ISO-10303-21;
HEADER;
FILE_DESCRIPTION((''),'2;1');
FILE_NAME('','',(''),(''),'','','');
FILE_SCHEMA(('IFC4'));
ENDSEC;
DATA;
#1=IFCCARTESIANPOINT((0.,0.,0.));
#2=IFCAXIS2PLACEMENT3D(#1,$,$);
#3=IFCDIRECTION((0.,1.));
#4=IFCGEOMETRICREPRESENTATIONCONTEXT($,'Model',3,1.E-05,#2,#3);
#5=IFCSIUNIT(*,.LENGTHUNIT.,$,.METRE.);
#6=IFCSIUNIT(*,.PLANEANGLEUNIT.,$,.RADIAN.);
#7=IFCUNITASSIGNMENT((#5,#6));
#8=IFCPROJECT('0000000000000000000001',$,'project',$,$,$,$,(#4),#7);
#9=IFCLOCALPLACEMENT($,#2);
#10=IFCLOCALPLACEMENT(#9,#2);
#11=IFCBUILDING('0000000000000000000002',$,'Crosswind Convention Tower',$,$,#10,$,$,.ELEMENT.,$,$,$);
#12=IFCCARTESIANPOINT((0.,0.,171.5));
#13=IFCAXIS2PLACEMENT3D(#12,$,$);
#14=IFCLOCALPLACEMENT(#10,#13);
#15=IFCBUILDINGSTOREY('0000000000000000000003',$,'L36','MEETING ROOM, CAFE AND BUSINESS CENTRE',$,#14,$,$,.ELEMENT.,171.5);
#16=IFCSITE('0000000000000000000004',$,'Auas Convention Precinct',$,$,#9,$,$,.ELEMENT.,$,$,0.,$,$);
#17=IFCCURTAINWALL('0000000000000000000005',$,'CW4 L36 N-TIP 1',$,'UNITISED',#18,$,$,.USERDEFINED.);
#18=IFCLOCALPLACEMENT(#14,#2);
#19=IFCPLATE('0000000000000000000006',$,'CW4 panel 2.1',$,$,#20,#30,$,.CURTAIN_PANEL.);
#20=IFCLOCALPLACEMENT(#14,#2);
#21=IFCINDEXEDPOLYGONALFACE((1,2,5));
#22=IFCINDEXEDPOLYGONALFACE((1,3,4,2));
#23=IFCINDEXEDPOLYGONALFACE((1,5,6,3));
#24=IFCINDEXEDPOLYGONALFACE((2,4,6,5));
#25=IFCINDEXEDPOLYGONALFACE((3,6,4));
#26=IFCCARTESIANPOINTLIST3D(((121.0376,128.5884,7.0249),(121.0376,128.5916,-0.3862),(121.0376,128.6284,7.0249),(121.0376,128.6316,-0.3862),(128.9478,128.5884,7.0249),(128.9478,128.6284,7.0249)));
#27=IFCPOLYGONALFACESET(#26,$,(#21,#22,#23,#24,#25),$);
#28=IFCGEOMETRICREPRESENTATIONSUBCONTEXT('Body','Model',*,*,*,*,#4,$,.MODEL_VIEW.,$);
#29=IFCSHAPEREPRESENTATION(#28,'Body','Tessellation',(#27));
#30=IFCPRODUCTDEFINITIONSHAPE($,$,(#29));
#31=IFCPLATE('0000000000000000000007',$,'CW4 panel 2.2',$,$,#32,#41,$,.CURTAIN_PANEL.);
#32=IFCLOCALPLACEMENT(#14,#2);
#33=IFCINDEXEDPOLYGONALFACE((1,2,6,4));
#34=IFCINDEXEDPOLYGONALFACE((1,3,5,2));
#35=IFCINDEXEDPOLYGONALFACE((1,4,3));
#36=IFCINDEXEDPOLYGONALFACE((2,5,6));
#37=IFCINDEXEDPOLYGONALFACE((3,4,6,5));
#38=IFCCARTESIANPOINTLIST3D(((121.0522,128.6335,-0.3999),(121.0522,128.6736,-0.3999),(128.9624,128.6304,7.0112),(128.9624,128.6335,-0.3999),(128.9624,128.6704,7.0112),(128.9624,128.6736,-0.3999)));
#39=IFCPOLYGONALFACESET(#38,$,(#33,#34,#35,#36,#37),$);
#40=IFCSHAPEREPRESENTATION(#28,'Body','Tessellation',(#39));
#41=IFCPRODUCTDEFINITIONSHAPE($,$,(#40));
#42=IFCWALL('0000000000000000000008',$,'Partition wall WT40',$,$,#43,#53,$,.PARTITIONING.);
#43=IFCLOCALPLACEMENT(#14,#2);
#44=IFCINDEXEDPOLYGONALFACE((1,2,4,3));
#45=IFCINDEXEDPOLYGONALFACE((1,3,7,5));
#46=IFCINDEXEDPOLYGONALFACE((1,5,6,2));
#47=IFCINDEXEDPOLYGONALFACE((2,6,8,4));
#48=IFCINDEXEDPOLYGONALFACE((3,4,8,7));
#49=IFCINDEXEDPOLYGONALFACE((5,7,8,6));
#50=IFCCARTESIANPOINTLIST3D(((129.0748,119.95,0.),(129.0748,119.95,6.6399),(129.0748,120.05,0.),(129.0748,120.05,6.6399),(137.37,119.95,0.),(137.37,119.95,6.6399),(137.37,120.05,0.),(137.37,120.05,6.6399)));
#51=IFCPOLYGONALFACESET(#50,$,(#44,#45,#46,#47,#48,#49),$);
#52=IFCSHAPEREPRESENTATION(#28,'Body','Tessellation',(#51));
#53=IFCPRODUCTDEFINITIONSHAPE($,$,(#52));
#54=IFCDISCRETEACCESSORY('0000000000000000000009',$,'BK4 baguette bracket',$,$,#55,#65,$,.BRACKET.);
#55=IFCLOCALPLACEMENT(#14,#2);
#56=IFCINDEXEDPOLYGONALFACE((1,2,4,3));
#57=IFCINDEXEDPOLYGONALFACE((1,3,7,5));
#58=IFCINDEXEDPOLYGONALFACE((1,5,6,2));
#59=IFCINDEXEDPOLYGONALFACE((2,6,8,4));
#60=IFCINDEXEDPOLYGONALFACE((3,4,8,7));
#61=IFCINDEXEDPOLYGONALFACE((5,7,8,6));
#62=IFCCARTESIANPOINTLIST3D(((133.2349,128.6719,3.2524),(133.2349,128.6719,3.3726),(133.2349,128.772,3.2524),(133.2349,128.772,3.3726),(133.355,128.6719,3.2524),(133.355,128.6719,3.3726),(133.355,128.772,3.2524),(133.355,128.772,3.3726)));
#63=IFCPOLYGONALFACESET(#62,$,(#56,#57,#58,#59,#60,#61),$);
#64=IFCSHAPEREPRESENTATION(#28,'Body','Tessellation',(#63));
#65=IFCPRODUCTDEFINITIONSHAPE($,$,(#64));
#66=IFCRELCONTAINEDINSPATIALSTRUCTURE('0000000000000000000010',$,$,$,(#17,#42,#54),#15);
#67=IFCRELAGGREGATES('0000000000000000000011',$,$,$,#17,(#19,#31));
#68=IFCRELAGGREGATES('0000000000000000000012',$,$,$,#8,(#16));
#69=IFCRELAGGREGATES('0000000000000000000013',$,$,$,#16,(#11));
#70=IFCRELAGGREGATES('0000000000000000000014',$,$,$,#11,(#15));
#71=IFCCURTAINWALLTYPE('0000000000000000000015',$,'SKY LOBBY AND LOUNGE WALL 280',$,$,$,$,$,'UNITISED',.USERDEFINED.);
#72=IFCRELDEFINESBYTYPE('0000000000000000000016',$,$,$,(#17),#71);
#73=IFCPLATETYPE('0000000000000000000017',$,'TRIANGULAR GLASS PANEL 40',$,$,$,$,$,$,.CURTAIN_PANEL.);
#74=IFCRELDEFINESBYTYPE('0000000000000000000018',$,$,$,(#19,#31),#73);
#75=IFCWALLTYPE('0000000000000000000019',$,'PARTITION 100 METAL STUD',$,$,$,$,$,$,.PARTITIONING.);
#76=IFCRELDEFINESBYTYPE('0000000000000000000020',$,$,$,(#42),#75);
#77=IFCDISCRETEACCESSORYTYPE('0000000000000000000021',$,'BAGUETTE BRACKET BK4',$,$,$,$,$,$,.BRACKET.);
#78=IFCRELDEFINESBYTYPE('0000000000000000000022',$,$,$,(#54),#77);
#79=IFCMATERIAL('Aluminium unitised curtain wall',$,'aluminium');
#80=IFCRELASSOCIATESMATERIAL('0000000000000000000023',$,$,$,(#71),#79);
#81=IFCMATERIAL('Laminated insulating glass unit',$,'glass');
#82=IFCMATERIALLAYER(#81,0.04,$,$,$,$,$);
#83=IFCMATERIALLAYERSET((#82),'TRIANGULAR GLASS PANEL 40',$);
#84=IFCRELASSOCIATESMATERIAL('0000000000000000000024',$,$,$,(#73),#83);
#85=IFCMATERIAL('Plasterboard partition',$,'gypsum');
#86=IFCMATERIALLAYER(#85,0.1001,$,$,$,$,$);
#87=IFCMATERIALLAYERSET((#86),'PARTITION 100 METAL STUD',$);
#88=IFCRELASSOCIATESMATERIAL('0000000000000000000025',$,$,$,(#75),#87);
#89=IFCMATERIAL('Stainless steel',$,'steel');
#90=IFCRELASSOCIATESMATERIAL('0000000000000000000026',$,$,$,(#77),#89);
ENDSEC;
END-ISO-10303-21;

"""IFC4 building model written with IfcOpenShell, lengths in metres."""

from ifc_helpers import new_model, si_unit, direction, frame, frame_2d, origin, origin_2d, place, context, subcontext, project, spatial, polyline, rectangle, outline, extrude, material, layer, layer_set, type_object, element, aggregate, save


model = new_model("IFC4")

# Units and contexts
model_context = context("Model", 3, precision=1e-05, world=origin(), true_north=direction((0.0, 1.0)))
body_context = subcontext(model_context, "Body", "Model", "MODEL_VIEW")
ifc_project = project(units=[si_unit("LENGTHUNIT", "METRE"), si_unit("PLANEANGLEUNIT", "RADIAN")], contexts=[model_context])

# Site, building, storey
site_placement = place(None, origin())
site = spatial("IfcSite", under=ifc_project, at=site_placement, Name="Auas Convention Precinct", CompositionType="ELEMENT", RefElevation=0.0)
building_placement = place(site_placement, origin())
building = spatial("IfcBuilding", under=site, at=building_placement, Name="Crosswind Convention Tower", CompositionType="ELEMENT")
storey_placement = place(building_placement, frame((0.0, 0.0, 171.5)))
storey = spatial("IfcBuildingStorey", under=building, at=storey_placement, Name="L36", Description="MEETING ROOM, CAFE AND BUSINESS CENTRE", CompositionType="ELEMENT", Elevation=171.5)

# Curtain wall
ifc_material_1 = material(Name="Aluminium unitised curtain wall", Category="aluminium")
curtain_wall_type = type_object("IfcCurtainWallType", Name="SKY LOBBY AND LOUNGE WALL 280", ElementType="UNITISED", PredefinedType="USERDEFINED", material=ifc_material_1)
curtain_wall_placement = place(storey_placement, origin())
curtain_wall = element("IfcCurtainWall", 1, at=curtain_wall_placement, inside=storey, type_object=curtain_wall_type, Name="CW4 L36 N-TIP 1", ObjectType="UNITISED", PredefinedType="USERDEFINED")

# Plates
ifc_material_2 = material(Name="Laminated insulating glass unit", Category="glass")
ifc_layer_1 = layer(ifc_material_2, 0.04)
ifc_layer_set_1 = layer_set([ifc_layer_1], Name="TRIANGULAR GLASS PANEL 40")
plate_type = type_object("IfcPlateType", Name="TRIANGULAR GLASS PANEL 40", PredefinedType="CURTAIN_PANEL", material=ifc_layer_set_1)
plate_1_placement = place(storey_placement, frame((121.0376, 128.6284, 7.0249), z_axis=(0.0, 1.0, 0.000428), x_axis=(1.0, 0.0, 0.0)))
plate_1 = element("IfcPlate", 2, at=plate_1_placement, type_object=plate_type, Name="CW4 panel 2.1", PredefinedType="CURTAIN_PANEL", context=body_context, shape_type="SweptSolid", body=[
    extrude(outline(polyline([(0.0, 0.0), (7.9102, 0.0), (0.0, 7.4111), (0.0, 0.0)])), origin(), (0.0, 0.0, -1.0), 0.04),
])
plate_2_placement = place(storey_placement, frame((128.9624, 128.6736, -0.3999), z_axis=(0.0, 1.0, 0.000428), x_axis=(-1.0, 0.0, 0.0)))
plate_2 = element("IfcPlate", 3, at=plate_2_placement, type_object=plate_type, Name="CW4 panel 2.2", PredefinedType="CURTAIN_PANEL", context=body_context, shape_type="SweptSolid", body=[
    extrude(outline(polyline([(0.0, 0.0), (7.9102, 0.0), (0.0, 7.4111), (0.0, 0.0)])), origin(), (0.0, 0.0, -1.0), 0.04),
])
aggregate(curtain_wall, [plate_1, plate_2])

# Wall
ifc_material_3 = material(Name="Plasterboard partition", Category="gypsum")
ifc_layer_2 = layer(ifc_material_3, 0.1001)
ifc_layer_set_2 = layer_set([ifc_layer_2], Name="PARTITION 100 METAL STUD")
wall_type = type_object("IfcWallType", Name="PARTITION 100 METAL STUD", PredefinedType="PARTITIONING", material=ifc_layer_set_2)
wall_placement = place(storey_placement, frame((129.075, 120.0, 0.0), z_axis=(0.0, 0.0, 1.0), x_axis=(1.0, 0.0, 0.0)))
element("IfcWall", 4, at=wall_placement, inside=storey, type_object=wall_type, Name="Partition wall WT40", PredefinedType="PARTITIONING", context=body_context, shape_type="SweptSolid", body=[
    extrude(rectangle(XDim=8.2952, YDim=0.1001, at=frame_2d((4.1475, 0.0))), origin(), (0.0, 0.0, 1.0), 6.6399),
])

# Discrete accessory
ifc_material_4 = material(Name="Stainless steel", Category="steel")
discrete_accessory_type = type_object("IfcDiscreteAccessoryType", Name="BAGUETTE BRACKET BK4", PredefinedType="BRACKET", material=ifc_material_4)
discrete_accessory_placement = place(storey_placement, frame((133.2949, 128.7219, 3.2524), z_axis=(0.0, 0.0, 1.0), x_axis=(-1.0, 0.0, 0.0)))
element("IfcDiscreteAccessory", 5, at=discrete_accessory_placement, inside=storey, type_object=discrete_accessory_type, Name="BK4 baguette bracket", PredefinedType="BRACKET", context=body_context, shape_type="SweptSolid", body=[
    extrude(rectangle(XDim=0.1201, YDim=0.1001, at=origin_2d()), origin(), (0.0, 0.0, 1.0), 0.1201),
])

save(model, "model.ifc")
